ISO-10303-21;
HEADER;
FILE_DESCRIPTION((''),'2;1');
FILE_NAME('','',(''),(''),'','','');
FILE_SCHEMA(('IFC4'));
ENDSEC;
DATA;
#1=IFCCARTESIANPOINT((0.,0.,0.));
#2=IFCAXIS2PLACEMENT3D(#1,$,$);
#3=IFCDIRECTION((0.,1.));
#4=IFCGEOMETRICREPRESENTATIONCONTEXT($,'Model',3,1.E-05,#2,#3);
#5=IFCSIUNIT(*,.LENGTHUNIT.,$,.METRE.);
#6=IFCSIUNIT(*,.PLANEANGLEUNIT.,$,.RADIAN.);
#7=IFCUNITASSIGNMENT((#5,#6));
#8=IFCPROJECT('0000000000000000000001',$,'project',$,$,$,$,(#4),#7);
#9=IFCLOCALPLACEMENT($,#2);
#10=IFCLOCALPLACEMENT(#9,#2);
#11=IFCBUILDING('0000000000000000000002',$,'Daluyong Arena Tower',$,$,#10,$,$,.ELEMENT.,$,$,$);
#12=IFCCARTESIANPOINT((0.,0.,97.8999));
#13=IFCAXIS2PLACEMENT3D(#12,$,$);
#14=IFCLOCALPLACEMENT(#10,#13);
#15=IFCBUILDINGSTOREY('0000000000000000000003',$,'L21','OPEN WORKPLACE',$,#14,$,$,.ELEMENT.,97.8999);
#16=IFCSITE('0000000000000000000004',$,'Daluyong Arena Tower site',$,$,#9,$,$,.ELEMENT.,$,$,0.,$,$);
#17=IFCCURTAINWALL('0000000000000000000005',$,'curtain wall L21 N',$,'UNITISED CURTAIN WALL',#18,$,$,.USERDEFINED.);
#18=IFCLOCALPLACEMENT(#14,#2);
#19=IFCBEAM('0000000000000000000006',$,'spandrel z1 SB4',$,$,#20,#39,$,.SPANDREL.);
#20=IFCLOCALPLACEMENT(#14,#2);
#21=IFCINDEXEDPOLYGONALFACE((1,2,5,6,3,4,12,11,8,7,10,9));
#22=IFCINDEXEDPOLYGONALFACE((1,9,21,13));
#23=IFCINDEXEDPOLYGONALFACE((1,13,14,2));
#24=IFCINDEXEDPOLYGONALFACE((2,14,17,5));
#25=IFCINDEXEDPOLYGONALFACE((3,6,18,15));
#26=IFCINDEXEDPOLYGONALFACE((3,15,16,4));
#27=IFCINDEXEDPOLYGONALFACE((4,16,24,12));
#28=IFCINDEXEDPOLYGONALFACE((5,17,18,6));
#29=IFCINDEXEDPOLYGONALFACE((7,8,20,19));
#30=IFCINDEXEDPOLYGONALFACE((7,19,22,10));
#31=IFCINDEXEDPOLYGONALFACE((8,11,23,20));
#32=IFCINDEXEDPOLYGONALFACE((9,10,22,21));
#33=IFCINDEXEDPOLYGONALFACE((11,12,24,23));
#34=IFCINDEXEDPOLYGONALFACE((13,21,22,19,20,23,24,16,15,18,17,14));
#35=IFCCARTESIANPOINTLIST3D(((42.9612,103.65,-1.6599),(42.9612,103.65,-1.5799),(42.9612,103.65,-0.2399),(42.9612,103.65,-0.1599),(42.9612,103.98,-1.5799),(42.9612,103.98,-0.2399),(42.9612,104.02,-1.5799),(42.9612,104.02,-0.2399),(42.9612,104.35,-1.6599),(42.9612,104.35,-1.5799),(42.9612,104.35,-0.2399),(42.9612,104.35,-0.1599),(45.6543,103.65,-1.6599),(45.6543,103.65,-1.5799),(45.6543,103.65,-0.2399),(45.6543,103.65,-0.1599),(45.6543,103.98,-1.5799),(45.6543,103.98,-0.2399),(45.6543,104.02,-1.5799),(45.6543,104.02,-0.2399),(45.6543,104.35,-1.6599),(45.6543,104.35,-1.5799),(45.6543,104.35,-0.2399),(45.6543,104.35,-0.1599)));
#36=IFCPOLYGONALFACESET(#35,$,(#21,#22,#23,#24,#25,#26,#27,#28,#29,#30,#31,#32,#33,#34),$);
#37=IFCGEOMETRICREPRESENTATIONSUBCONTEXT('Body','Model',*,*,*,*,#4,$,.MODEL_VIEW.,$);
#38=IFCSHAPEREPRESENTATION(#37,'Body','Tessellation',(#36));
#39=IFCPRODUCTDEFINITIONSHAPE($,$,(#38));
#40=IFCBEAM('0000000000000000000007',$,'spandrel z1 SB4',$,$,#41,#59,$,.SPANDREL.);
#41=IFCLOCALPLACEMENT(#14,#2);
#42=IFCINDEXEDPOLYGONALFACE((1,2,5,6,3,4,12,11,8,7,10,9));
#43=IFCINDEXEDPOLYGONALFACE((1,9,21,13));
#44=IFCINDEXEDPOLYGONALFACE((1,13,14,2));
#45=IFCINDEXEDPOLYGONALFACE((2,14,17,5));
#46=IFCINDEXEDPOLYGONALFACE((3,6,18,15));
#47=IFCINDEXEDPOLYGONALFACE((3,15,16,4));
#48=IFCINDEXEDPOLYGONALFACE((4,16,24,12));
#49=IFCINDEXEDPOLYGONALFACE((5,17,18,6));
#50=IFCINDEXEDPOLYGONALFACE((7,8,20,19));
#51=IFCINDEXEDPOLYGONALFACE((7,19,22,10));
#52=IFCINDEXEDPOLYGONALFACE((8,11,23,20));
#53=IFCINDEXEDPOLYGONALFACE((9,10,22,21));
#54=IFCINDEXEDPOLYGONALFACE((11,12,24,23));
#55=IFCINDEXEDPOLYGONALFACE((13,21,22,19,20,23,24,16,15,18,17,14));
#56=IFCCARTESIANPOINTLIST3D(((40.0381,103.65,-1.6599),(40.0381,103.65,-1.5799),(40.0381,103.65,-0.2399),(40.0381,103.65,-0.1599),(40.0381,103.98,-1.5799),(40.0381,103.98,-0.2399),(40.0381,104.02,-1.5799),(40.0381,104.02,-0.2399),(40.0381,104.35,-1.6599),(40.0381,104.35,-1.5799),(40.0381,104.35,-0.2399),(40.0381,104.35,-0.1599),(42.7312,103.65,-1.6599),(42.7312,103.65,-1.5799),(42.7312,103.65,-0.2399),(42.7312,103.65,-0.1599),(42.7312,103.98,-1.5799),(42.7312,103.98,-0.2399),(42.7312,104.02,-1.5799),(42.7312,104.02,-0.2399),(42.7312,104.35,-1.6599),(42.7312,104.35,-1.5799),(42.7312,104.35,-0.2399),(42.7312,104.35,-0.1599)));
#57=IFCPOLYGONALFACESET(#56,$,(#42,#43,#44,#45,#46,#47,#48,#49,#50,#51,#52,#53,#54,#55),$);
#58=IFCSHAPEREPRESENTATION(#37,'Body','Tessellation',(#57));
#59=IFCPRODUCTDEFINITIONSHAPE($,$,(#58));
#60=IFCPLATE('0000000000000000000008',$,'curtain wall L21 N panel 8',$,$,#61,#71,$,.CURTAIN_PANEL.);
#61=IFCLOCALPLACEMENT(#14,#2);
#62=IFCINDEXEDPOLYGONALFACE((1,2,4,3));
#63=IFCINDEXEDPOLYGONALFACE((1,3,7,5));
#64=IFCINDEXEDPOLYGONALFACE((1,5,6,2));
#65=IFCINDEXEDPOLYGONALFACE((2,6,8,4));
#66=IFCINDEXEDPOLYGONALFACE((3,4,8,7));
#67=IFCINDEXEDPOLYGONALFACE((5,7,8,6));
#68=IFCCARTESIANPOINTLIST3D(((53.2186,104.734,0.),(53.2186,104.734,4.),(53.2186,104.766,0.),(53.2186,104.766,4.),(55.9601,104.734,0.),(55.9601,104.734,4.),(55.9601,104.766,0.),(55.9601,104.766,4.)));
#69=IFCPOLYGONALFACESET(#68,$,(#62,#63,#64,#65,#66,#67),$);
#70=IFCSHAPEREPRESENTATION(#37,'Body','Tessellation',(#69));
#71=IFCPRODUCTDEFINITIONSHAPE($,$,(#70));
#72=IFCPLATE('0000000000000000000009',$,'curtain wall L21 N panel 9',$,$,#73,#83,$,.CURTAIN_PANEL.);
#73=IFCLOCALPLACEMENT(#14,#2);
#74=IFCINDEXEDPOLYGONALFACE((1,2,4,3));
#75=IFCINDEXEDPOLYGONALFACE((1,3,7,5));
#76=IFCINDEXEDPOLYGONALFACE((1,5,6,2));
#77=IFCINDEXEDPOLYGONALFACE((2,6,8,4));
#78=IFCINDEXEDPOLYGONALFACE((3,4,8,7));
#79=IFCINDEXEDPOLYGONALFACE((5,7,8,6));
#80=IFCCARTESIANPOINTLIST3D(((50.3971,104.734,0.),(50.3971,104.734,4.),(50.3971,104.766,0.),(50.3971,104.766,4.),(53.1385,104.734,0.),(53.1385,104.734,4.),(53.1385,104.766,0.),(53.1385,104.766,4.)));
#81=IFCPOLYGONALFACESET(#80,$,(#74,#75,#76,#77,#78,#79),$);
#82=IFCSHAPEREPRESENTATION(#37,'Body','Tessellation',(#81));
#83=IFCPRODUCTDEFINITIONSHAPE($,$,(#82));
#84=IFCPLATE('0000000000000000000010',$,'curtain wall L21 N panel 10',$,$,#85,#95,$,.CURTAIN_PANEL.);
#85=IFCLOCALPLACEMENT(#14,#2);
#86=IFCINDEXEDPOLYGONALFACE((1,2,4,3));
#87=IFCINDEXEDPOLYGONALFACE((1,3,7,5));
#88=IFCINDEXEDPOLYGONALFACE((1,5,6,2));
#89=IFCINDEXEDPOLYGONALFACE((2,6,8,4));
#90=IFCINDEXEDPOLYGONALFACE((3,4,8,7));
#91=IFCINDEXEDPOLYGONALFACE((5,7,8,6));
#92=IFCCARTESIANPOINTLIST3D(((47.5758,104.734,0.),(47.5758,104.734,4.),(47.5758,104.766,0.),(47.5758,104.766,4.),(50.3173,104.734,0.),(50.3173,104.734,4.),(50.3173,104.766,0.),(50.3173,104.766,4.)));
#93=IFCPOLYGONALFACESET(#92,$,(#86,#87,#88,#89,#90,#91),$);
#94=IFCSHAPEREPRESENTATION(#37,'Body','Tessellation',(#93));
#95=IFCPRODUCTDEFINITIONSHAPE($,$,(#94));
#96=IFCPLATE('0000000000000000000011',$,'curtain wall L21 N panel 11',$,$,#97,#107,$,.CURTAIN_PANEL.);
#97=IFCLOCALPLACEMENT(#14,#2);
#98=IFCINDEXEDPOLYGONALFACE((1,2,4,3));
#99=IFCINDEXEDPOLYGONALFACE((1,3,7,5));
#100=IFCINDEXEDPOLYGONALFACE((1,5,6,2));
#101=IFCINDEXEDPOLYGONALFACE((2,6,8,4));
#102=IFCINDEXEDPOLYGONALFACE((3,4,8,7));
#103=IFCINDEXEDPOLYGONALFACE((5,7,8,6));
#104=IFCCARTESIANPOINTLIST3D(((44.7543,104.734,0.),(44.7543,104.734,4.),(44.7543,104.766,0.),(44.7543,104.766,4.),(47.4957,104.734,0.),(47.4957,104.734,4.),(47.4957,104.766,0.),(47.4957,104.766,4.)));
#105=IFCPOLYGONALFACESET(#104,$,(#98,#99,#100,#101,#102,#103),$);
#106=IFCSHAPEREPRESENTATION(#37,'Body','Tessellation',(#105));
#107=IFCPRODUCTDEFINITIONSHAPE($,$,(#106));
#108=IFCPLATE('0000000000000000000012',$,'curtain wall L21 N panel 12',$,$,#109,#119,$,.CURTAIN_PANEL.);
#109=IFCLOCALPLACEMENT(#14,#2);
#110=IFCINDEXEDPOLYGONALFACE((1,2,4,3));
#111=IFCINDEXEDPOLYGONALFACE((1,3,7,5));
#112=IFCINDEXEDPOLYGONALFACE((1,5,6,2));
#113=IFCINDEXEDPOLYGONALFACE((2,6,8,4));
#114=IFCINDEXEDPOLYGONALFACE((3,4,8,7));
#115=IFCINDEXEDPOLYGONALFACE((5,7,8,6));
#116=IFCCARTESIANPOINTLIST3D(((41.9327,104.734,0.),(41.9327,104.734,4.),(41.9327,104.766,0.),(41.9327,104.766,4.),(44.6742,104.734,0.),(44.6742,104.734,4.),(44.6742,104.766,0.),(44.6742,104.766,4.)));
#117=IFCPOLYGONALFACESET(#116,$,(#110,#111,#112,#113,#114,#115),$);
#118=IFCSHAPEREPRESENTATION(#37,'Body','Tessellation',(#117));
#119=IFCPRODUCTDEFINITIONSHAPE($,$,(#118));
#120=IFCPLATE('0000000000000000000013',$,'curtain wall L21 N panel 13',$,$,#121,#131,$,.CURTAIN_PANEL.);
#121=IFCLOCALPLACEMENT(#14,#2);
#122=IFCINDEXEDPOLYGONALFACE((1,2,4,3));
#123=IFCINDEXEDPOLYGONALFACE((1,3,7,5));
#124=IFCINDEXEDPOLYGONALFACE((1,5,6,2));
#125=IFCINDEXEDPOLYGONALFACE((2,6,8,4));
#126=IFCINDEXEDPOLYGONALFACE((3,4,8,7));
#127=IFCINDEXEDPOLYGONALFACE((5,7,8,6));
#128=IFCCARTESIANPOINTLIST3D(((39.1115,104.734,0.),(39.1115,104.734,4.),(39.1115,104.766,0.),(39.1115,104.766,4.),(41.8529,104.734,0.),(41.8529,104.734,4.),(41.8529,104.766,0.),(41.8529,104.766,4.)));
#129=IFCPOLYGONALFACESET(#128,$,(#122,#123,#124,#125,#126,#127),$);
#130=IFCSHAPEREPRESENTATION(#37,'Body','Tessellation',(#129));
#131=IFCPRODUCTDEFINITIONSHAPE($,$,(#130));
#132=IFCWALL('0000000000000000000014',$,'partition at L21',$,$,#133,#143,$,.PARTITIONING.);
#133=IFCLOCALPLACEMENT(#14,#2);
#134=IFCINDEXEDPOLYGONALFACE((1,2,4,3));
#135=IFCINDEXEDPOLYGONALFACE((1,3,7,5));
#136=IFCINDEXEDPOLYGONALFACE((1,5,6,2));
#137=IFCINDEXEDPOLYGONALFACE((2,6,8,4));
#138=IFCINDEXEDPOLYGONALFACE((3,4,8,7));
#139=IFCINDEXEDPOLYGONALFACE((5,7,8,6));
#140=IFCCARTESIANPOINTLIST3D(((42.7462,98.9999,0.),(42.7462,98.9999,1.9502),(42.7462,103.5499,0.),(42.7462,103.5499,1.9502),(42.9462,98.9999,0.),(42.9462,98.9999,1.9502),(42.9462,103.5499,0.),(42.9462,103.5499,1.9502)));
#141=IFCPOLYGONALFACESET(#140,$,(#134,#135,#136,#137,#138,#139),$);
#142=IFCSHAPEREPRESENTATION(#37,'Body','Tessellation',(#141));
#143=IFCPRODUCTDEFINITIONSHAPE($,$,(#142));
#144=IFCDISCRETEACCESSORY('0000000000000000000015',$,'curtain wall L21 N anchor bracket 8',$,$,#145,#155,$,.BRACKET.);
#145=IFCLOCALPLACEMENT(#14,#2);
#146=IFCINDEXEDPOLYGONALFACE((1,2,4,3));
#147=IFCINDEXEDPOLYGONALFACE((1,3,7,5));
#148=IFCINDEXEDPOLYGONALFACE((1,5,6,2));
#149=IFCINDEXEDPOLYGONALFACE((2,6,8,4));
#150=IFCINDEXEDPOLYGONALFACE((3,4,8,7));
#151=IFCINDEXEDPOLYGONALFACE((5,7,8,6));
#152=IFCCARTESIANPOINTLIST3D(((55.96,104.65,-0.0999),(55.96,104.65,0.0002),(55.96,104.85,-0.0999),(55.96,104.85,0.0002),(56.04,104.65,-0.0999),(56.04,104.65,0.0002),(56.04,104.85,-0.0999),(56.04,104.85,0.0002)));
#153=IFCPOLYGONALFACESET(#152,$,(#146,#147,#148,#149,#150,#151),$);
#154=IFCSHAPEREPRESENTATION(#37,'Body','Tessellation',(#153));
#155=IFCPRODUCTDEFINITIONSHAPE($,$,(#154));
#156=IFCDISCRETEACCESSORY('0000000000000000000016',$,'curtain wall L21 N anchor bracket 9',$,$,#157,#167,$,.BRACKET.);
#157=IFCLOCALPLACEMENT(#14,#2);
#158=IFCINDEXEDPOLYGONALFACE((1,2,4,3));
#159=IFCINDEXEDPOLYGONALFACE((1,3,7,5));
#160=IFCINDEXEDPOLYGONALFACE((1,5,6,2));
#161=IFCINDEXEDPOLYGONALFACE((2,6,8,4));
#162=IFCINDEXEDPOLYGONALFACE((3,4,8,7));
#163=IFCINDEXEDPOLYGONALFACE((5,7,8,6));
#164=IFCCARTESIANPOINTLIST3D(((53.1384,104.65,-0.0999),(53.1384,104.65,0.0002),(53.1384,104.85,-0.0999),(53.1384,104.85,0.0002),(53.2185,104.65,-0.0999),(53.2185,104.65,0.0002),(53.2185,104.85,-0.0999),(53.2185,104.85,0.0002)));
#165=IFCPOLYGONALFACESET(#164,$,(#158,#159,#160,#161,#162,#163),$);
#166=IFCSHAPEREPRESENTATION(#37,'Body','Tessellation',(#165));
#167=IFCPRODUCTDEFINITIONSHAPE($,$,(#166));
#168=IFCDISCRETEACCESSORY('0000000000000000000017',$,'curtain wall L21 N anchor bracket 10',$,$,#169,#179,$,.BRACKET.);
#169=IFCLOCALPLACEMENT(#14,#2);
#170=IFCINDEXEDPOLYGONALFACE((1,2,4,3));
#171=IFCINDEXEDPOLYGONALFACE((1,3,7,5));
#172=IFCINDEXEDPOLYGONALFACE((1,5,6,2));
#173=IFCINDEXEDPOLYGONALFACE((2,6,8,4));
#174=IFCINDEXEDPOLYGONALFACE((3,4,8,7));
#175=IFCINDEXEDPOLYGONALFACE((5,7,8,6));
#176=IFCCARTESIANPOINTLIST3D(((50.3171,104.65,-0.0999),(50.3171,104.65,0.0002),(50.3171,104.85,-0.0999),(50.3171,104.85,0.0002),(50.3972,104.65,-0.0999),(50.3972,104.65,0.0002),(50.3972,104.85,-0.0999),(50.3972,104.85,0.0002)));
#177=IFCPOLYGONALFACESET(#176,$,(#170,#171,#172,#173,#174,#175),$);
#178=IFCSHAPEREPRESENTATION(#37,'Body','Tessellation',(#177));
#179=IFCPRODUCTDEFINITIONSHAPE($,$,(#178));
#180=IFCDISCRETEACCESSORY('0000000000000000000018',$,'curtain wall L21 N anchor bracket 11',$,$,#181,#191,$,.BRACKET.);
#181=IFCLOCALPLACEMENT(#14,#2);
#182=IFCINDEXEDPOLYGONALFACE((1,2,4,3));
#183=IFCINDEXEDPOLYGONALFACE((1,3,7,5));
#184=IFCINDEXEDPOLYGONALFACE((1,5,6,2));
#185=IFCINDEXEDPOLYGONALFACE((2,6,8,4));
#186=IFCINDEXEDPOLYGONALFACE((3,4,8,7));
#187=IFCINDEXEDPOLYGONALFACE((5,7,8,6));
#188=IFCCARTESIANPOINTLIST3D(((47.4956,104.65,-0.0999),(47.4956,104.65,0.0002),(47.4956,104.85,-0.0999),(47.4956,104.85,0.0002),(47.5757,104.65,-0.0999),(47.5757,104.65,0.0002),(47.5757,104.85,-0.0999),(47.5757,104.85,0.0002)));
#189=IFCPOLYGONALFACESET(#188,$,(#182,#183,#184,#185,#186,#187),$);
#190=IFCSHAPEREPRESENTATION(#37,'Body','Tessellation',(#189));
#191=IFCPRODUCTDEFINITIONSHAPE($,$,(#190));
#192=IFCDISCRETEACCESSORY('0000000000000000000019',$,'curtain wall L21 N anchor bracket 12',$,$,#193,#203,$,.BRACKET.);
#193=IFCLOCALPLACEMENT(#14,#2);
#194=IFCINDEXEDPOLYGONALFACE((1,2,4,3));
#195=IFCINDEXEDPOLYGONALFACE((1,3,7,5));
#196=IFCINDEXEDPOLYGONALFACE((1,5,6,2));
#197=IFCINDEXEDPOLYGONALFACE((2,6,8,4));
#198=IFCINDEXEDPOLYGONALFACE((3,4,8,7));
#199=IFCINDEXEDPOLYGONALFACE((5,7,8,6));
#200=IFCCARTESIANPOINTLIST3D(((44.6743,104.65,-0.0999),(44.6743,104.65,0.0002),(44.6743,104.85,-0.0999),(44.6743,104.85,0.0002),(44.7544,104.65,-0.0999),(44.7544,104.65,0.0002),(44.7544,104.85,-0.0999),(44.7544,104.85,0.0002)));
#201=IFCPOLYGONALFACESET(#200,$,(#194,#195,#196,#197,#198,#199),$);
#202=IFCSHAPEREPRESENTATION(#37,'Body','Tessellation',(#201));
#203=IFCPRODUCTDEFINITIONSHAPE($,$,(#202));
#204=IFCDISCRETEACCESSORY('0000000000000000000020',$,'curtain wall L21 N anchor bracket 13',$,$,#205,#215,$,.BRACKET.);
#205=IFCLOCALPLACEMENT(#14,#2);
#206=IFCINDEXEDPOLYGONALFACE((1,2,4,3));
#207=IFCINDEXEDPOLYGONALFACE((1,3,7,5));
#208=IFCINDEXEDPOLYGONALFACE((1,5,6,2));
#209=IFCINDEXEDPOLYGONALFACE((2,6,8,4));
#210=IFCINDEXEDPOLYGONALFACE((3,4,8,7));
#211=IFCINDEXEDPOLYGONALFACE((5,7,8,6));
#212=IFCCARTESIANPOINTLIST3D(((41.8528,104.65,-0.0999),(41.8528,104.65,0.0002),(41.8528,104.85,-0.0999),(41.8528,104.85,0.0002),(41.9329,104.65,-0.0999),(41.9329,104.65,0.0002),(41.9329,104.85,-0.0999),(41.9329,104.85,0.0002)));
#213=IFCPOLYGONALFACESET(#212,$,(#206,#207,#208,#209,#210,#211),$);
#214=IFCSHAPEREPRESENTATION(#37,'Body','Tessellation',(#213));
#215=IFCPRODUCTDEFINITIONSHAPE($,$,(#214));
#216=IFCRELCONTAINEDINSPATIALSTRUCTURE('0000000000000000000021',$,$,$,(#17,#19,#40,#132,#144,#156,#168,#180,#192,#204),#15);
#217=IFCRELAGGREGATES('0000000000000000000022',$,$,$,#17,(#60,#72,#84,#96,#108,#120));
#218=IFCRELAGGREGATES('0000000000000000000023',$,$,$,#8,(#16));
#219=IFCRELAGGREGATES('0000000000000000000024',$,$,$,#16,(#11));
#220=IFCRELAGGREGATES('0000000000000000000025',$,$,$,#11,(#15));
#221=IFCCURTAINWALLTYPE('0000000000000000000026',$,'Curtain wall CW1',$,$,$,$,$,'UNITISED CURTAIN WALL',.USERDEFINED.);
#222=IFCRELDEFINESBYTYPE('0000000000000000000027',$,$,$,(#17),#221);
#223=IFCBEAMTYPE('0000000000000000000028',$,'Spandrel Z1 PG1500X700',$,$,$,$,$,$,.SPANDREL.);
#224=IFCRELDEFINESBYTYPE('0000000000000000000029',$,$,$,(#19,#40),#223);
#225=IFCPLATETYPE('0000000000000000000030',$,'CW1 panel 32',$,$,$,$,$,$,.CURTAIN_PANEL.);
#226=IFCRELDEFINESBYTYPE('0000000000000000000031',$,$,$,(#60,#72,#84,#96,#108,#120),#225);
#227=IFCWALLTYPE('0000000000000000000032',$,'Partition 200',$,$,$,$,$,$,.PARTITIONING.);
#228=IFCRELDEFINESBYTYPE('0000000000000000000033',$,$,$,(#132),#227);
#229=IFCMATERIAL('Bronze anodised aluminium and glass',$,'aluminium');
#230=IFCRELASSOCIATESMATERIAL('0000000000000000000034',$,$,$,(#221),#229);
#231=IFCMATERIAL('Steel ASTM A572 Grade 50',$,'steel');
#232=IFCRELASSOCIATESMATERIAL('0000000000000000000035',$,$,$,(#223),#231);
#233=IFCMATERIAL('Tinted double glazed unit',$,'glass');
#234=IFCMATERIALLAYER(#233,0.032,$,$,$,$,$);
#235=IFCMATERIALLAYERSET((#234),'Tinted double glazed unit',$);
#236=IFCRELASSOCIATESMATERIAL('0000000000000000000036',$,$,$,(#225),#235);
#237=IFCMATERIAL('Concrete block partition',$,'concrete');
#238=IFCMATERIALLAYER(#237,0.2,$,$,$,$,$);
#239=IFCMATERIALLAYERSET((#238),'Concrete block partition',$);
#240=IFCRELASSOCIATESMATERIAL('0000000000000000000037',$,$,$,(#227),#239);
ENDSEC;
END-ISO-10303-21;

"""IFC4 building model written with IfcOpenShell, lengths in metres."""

from ifc_helpers import new_model, si_unit, direction, frame, frame_2d, origin, origin_2d, place, context, subcontext, project, spatial, rectangle, i_section, extrude, material, layer, layer_set, material_profile, profile_set, type_object, element, aggregate, save


model = new_model("IFC4")

# Units and contexts
model_context = context("Model", 3, precision=1e-05, world=origin(), true_north=direction((0.0, 1.0)))
body_context = subcontext(model_context, "Body", "Model", "MODEL_VIEW")
ifc_project = project(units=[si_unit("LENGTHUNIT", "METRE"), si_unit("PLANEANGLEUNIT", "RADIAN")], contexts=[model_context])

# Site, building, storey
site_placement = place(None, origin())
site = spatial("IfcSite", under=ifc_project, at=site_placement, Name="Daluyong Arena Tower site", CompositionType="ELEMENT", RefElevation=0.0)
building_placement = place(site_placement, origin())
building = spatial("IfcBuilding", under=site, at=building_placement, Name="Daluyong Arena Tower", CompositionType="ELEMENT")
storey_placement = place(building_placement, frame((0.0, 0.0, 97.8999)))
storey = spatial("IfcBuildingStorey", under=building, at=storey_placement, Name="L21", Description="OPEN WORKPLACE", CompositionType="ELEMENT", Elevation=97.8999)

# Curtain wall
ifc_material_1 = material(Name="Bronze anodised aluminium and glass", Category="aluminium")
curtain_wall_type = type_object("IfcCurtainWallType", Name="Curtain wall CW1", ElementType="UNITISED CURTAIN WALL", PredefinedType="USERDEFINED", material=ifc_material_1)
curtain_wall_placement = place(storey_placement, origin())
curtain_wall = element("IfcCurtainWall", 1, at=curtain_wall_placement, inside=storey, type_object=curtain_wall_type, Name="curtain wall L21 N", ObjectType="UNITISED CURTAIN WALL", PredefinedType="USERDEFINED")

# Beams
ifc_material_2 = material(Name="Steel ASTM A572 Grade 50", Category="steel")
ifc_material_profile_1 = material_profile(ifc_material_2, i_section(OverallWidth=0.7, OverallDepth=1.5, WebThickness=0.04, FlangeThickness=0.08, at=origin_2d()))
ifc_profile_set_1 = profile_set([ifc_material_profile_1], Name="Steel ASTM A572 Grade 50")
beam_type_1 = type_object("IfcBeamType", Name="Spandrel Z1 PG1500X700", PredefinedType="SPANDREL", material=ifc_profile_set_1)
for number, where, z_axis, x_axis, name in (
    (2, (45.6543, 104.0, -0.9099), (-1.0, 0.0, 0.0), (0.0, -1.0, 0.0), "spandrel z1 SB4"),
    (3, (42.7312, 104.0, -0.9099), (-1.0, 0.0, 0.0), (0.0, -1.0, 0.0), "spandrel z1 SB4"),
):
    element("IfcBeam", number, at=place(storey_placement, frame(where, z_axis=z_axis, x_axis=x_axis)), inside=storey, type_object=beam_type_1, Name=name, PredefinedType="SPANDREL", context=body_context, shape_type="SweptSolid", body=[
        extrude(i_section(OverallWidth=0.7, OverallDepth=1.5, WebThickness=0.04, FlangeThickness=0.08, at=origin_2d()), origin(), (0.0, 0.0, 1.0), 2.6931),
    ])

# Plates
ifc_material_3 = material(Name="Tinted double glazed unit", Category="glass")
ifc_layer_1 = layer(ifc_material_3, 0.032)
ifc_layer_set_1 = layer_set([ifc_layer_1], Name="Tinted double glazed unit")
plate_type = type_object("IfcPlateType", Name="CW1 panel 32", PredefinedType="CURTAIN_PANEL", material=ifc_layer_set_1)
plate_1_placement = place(storey_placement, frame((54.5894, 104.75, 0.0), z_axis=(0.0, 0.0, 1.0), x_axis=(-1.0, 0.0, 0.0)))
plate_1 = element("IfcPlate", 4, at=plate_1_placement, type_object=plate_type, Name="curtain wall L21 N panel 8", PredefinedType="CURTAIN_PANEL", context=body_context, shape_type="SweptSolid", body=[
    extrude(rectangle(XDim=2.7415, YDim=0.032, at=origin_2d()), origin(), (0.0, 0.0, 1.0), 4.0),
])
plate_2_placement = place(storey_placement, frame((51.7678, 104.75, 0.0), z_axis=(0.0, 0.0, 1.0), x_axis=(-1.0, 0.0, 0.0)))
plate_2 = element("IfcPlate", 5, at=plate_2_placement, type_object=plate_type, Name="curtain wall L21 N panel 9", PredefinedType="CURTAIN_PANEL", context=body_context, shape_type="SweptSolid", body=[
    extrude(rectangle(XDim=2.7415, YDim=0.032, at=origin_2d()), origin(), (0.0, 0.0, 1.0), 4.0),
])
plate_3_placement = place(storey_placement, frame((48.9465, 104.75, 0.0), z_axis=(0.0, 0.0, 1.0), x_axis=(-1.0, 0.0, 0.0)))
plate_3 = element("IfcPlate", 6, at=plate_3_placement, type_object=plate_type, Name="curtain wall L21 N panel 10", PredefinedType="CURTAIN_PANEL", context=body_context, shape_type="SweptSolid", body=[
    extrude(rectangle(XDim=2.7415, YDim=0.032, at=origin_2d()), origin(), (0.0, 0.0, 1.0), 4.0),
])
plate_4_placement = place(storey_placement, frame((46.125, 104.75, 0.0), z_axis=(0.0, 0.0, 1.0), x_axis=(-1.0, 0.0, 0.0)))
plate_4 = element("IfcPlate", 7, at=plate_4_placement, type_object=plate_type, Name="curtain wall L21 N panel 11", PredefinedType="CURTAIN_PANEL", context=body_context, shape_type="SweptSolid", body=[
    extrude(rectangle(XDim=2.7415, YDim=0.032, at=origin_2d()), origin(), (0.0, 0.0, 1.0), 4.0),
])
plate_5_placement = place(storey_placement, frame((43.3035, 104.75, 0.0), z_axis=(0.0, 0.0, 1.0), x_axis=(-1.0, 0.0, 0.0)))
plate_5 = element("IfcPlate", 8, at=plate_5_placement, type_object=plate_type, Name="curtain wall L21 N panel 12", PredefinedType="CURTAIN_PANEL", context=body_context, shape_type="SweptSolid", body=[
    extrude(rectangle(XDim=2.7415, YDim=0.032, at=origin_2d()), origin(), (0.0, 0.0, 1.0), 4.0),
])
plate_6_placement = place(storey_placement, frame((40.4822, 104.75, 0.0), z_axis=(0.0, 0.0, 1.0), x_axis=(-1.0, 0.0, 0.0)))
plate_6 = element("IfcPlate", 9, at=plate_6_placement, type_object=plate_type, Name="curtain wall L21 N panel 13", PredefinedType="CURTAIN_PANEL", context=body_context, shape_type="SweptSolid", body=[
    extrude(rectangle(XDim=2.7415, YDim=0.032, at=origin_2d()), origin(), (0.0, 0.0, 1.0), 4.0),
])
aggregate(curtain_wall, [plate_1, plate_2, plate_3, plate_4, plate_5, plate_6])

# Wall
ifc_material_4 = material(Name="Concrete block partition", Category="concrete")
ifc_layer_2 = layer(ifc_material_4, 0.2)
ifc_layer_set_2 = layer_set([ifc_layer_2], Name="Concrete block partition")
wall_type = type_object("IfcWallType", Name="Partition 200", PredefinedType="PARTITIONING", material=ifc_layer_set_2)
wall_placement = place(storey_placement, frame((42.8462, 99.0, 0.0), z_axis=(0.0, 0.0, 1.0), x_axis=(0.0, 1.0, 0.0)))
element("IfcWall", 10, at=wall_placement, inside=storey, type_object=wall_type, Name="partition at L21", PredefinedType="PARTITIONING", context=body_context, shape_type="SweptSolid", body=[
    extrude(rectangle(XDim=4.55, YDim=0.2, at=frame_2d((2.2749, 0.0))), origin(), (0.0, 0.0, 1.0), 1.9502),
])

# Discrete accessories
for number, where, z_axis, x_axis, name in (
    (11, (56.0, 104.75, -0.0999), (0.0, 0.0, 1.0), (-1.0, 0.0, 0.0), "curtain wall L21 N anchor bracket 8"),
    (12, (53.1785, 104.75, -0.0999), (0.0, 0.0, 1.0), (-1.0, 0.0, 0.0), "curtain wall L21 N anchor bracket 9"),
    (13, (50.3572, 104.75, -0.0999), (0.0, 0.0, 1.0), (-1.0, 0.0, 0.0), "curtain wall L21 N anchor bracket 10"),
    (14, (47.5356, 104.75, -0.0999), (0.0, 0.0, 1.0), (-1.0, 0.0, 0.0), "curtain wall L21 N anchor bracket 11"),
    (15, (44.7144, 104.75, -0.0999), (0.0, 0.0, 1.0), (-1.0, 0.0, 0.0), "curtain wall L21 N anchor bracket 12"),
    (16, (41.8928, 104.75, -0.0999), (0.0, 0.0, 1.0), (-1.0, 0.0, 0.0), "curtain wall L21 N anchor bracket 13"),
):
    element("IfcDiscreteAccessory", number, at=place(storey_placement, frame(where, z_axis=z_axis, x_axis=x_axis)), inside=storey, Name=name, PredefinedType="BRACKET", context=body_context, shape_type="SweptSolid", body=[
        extrude(rectangle(XDim=0.0801, YDim=0.2, at=origin_2d()), origin(), (0.0, 0.0, 1.0), 0.1001),
    ])

save(model, "model.ifc")
